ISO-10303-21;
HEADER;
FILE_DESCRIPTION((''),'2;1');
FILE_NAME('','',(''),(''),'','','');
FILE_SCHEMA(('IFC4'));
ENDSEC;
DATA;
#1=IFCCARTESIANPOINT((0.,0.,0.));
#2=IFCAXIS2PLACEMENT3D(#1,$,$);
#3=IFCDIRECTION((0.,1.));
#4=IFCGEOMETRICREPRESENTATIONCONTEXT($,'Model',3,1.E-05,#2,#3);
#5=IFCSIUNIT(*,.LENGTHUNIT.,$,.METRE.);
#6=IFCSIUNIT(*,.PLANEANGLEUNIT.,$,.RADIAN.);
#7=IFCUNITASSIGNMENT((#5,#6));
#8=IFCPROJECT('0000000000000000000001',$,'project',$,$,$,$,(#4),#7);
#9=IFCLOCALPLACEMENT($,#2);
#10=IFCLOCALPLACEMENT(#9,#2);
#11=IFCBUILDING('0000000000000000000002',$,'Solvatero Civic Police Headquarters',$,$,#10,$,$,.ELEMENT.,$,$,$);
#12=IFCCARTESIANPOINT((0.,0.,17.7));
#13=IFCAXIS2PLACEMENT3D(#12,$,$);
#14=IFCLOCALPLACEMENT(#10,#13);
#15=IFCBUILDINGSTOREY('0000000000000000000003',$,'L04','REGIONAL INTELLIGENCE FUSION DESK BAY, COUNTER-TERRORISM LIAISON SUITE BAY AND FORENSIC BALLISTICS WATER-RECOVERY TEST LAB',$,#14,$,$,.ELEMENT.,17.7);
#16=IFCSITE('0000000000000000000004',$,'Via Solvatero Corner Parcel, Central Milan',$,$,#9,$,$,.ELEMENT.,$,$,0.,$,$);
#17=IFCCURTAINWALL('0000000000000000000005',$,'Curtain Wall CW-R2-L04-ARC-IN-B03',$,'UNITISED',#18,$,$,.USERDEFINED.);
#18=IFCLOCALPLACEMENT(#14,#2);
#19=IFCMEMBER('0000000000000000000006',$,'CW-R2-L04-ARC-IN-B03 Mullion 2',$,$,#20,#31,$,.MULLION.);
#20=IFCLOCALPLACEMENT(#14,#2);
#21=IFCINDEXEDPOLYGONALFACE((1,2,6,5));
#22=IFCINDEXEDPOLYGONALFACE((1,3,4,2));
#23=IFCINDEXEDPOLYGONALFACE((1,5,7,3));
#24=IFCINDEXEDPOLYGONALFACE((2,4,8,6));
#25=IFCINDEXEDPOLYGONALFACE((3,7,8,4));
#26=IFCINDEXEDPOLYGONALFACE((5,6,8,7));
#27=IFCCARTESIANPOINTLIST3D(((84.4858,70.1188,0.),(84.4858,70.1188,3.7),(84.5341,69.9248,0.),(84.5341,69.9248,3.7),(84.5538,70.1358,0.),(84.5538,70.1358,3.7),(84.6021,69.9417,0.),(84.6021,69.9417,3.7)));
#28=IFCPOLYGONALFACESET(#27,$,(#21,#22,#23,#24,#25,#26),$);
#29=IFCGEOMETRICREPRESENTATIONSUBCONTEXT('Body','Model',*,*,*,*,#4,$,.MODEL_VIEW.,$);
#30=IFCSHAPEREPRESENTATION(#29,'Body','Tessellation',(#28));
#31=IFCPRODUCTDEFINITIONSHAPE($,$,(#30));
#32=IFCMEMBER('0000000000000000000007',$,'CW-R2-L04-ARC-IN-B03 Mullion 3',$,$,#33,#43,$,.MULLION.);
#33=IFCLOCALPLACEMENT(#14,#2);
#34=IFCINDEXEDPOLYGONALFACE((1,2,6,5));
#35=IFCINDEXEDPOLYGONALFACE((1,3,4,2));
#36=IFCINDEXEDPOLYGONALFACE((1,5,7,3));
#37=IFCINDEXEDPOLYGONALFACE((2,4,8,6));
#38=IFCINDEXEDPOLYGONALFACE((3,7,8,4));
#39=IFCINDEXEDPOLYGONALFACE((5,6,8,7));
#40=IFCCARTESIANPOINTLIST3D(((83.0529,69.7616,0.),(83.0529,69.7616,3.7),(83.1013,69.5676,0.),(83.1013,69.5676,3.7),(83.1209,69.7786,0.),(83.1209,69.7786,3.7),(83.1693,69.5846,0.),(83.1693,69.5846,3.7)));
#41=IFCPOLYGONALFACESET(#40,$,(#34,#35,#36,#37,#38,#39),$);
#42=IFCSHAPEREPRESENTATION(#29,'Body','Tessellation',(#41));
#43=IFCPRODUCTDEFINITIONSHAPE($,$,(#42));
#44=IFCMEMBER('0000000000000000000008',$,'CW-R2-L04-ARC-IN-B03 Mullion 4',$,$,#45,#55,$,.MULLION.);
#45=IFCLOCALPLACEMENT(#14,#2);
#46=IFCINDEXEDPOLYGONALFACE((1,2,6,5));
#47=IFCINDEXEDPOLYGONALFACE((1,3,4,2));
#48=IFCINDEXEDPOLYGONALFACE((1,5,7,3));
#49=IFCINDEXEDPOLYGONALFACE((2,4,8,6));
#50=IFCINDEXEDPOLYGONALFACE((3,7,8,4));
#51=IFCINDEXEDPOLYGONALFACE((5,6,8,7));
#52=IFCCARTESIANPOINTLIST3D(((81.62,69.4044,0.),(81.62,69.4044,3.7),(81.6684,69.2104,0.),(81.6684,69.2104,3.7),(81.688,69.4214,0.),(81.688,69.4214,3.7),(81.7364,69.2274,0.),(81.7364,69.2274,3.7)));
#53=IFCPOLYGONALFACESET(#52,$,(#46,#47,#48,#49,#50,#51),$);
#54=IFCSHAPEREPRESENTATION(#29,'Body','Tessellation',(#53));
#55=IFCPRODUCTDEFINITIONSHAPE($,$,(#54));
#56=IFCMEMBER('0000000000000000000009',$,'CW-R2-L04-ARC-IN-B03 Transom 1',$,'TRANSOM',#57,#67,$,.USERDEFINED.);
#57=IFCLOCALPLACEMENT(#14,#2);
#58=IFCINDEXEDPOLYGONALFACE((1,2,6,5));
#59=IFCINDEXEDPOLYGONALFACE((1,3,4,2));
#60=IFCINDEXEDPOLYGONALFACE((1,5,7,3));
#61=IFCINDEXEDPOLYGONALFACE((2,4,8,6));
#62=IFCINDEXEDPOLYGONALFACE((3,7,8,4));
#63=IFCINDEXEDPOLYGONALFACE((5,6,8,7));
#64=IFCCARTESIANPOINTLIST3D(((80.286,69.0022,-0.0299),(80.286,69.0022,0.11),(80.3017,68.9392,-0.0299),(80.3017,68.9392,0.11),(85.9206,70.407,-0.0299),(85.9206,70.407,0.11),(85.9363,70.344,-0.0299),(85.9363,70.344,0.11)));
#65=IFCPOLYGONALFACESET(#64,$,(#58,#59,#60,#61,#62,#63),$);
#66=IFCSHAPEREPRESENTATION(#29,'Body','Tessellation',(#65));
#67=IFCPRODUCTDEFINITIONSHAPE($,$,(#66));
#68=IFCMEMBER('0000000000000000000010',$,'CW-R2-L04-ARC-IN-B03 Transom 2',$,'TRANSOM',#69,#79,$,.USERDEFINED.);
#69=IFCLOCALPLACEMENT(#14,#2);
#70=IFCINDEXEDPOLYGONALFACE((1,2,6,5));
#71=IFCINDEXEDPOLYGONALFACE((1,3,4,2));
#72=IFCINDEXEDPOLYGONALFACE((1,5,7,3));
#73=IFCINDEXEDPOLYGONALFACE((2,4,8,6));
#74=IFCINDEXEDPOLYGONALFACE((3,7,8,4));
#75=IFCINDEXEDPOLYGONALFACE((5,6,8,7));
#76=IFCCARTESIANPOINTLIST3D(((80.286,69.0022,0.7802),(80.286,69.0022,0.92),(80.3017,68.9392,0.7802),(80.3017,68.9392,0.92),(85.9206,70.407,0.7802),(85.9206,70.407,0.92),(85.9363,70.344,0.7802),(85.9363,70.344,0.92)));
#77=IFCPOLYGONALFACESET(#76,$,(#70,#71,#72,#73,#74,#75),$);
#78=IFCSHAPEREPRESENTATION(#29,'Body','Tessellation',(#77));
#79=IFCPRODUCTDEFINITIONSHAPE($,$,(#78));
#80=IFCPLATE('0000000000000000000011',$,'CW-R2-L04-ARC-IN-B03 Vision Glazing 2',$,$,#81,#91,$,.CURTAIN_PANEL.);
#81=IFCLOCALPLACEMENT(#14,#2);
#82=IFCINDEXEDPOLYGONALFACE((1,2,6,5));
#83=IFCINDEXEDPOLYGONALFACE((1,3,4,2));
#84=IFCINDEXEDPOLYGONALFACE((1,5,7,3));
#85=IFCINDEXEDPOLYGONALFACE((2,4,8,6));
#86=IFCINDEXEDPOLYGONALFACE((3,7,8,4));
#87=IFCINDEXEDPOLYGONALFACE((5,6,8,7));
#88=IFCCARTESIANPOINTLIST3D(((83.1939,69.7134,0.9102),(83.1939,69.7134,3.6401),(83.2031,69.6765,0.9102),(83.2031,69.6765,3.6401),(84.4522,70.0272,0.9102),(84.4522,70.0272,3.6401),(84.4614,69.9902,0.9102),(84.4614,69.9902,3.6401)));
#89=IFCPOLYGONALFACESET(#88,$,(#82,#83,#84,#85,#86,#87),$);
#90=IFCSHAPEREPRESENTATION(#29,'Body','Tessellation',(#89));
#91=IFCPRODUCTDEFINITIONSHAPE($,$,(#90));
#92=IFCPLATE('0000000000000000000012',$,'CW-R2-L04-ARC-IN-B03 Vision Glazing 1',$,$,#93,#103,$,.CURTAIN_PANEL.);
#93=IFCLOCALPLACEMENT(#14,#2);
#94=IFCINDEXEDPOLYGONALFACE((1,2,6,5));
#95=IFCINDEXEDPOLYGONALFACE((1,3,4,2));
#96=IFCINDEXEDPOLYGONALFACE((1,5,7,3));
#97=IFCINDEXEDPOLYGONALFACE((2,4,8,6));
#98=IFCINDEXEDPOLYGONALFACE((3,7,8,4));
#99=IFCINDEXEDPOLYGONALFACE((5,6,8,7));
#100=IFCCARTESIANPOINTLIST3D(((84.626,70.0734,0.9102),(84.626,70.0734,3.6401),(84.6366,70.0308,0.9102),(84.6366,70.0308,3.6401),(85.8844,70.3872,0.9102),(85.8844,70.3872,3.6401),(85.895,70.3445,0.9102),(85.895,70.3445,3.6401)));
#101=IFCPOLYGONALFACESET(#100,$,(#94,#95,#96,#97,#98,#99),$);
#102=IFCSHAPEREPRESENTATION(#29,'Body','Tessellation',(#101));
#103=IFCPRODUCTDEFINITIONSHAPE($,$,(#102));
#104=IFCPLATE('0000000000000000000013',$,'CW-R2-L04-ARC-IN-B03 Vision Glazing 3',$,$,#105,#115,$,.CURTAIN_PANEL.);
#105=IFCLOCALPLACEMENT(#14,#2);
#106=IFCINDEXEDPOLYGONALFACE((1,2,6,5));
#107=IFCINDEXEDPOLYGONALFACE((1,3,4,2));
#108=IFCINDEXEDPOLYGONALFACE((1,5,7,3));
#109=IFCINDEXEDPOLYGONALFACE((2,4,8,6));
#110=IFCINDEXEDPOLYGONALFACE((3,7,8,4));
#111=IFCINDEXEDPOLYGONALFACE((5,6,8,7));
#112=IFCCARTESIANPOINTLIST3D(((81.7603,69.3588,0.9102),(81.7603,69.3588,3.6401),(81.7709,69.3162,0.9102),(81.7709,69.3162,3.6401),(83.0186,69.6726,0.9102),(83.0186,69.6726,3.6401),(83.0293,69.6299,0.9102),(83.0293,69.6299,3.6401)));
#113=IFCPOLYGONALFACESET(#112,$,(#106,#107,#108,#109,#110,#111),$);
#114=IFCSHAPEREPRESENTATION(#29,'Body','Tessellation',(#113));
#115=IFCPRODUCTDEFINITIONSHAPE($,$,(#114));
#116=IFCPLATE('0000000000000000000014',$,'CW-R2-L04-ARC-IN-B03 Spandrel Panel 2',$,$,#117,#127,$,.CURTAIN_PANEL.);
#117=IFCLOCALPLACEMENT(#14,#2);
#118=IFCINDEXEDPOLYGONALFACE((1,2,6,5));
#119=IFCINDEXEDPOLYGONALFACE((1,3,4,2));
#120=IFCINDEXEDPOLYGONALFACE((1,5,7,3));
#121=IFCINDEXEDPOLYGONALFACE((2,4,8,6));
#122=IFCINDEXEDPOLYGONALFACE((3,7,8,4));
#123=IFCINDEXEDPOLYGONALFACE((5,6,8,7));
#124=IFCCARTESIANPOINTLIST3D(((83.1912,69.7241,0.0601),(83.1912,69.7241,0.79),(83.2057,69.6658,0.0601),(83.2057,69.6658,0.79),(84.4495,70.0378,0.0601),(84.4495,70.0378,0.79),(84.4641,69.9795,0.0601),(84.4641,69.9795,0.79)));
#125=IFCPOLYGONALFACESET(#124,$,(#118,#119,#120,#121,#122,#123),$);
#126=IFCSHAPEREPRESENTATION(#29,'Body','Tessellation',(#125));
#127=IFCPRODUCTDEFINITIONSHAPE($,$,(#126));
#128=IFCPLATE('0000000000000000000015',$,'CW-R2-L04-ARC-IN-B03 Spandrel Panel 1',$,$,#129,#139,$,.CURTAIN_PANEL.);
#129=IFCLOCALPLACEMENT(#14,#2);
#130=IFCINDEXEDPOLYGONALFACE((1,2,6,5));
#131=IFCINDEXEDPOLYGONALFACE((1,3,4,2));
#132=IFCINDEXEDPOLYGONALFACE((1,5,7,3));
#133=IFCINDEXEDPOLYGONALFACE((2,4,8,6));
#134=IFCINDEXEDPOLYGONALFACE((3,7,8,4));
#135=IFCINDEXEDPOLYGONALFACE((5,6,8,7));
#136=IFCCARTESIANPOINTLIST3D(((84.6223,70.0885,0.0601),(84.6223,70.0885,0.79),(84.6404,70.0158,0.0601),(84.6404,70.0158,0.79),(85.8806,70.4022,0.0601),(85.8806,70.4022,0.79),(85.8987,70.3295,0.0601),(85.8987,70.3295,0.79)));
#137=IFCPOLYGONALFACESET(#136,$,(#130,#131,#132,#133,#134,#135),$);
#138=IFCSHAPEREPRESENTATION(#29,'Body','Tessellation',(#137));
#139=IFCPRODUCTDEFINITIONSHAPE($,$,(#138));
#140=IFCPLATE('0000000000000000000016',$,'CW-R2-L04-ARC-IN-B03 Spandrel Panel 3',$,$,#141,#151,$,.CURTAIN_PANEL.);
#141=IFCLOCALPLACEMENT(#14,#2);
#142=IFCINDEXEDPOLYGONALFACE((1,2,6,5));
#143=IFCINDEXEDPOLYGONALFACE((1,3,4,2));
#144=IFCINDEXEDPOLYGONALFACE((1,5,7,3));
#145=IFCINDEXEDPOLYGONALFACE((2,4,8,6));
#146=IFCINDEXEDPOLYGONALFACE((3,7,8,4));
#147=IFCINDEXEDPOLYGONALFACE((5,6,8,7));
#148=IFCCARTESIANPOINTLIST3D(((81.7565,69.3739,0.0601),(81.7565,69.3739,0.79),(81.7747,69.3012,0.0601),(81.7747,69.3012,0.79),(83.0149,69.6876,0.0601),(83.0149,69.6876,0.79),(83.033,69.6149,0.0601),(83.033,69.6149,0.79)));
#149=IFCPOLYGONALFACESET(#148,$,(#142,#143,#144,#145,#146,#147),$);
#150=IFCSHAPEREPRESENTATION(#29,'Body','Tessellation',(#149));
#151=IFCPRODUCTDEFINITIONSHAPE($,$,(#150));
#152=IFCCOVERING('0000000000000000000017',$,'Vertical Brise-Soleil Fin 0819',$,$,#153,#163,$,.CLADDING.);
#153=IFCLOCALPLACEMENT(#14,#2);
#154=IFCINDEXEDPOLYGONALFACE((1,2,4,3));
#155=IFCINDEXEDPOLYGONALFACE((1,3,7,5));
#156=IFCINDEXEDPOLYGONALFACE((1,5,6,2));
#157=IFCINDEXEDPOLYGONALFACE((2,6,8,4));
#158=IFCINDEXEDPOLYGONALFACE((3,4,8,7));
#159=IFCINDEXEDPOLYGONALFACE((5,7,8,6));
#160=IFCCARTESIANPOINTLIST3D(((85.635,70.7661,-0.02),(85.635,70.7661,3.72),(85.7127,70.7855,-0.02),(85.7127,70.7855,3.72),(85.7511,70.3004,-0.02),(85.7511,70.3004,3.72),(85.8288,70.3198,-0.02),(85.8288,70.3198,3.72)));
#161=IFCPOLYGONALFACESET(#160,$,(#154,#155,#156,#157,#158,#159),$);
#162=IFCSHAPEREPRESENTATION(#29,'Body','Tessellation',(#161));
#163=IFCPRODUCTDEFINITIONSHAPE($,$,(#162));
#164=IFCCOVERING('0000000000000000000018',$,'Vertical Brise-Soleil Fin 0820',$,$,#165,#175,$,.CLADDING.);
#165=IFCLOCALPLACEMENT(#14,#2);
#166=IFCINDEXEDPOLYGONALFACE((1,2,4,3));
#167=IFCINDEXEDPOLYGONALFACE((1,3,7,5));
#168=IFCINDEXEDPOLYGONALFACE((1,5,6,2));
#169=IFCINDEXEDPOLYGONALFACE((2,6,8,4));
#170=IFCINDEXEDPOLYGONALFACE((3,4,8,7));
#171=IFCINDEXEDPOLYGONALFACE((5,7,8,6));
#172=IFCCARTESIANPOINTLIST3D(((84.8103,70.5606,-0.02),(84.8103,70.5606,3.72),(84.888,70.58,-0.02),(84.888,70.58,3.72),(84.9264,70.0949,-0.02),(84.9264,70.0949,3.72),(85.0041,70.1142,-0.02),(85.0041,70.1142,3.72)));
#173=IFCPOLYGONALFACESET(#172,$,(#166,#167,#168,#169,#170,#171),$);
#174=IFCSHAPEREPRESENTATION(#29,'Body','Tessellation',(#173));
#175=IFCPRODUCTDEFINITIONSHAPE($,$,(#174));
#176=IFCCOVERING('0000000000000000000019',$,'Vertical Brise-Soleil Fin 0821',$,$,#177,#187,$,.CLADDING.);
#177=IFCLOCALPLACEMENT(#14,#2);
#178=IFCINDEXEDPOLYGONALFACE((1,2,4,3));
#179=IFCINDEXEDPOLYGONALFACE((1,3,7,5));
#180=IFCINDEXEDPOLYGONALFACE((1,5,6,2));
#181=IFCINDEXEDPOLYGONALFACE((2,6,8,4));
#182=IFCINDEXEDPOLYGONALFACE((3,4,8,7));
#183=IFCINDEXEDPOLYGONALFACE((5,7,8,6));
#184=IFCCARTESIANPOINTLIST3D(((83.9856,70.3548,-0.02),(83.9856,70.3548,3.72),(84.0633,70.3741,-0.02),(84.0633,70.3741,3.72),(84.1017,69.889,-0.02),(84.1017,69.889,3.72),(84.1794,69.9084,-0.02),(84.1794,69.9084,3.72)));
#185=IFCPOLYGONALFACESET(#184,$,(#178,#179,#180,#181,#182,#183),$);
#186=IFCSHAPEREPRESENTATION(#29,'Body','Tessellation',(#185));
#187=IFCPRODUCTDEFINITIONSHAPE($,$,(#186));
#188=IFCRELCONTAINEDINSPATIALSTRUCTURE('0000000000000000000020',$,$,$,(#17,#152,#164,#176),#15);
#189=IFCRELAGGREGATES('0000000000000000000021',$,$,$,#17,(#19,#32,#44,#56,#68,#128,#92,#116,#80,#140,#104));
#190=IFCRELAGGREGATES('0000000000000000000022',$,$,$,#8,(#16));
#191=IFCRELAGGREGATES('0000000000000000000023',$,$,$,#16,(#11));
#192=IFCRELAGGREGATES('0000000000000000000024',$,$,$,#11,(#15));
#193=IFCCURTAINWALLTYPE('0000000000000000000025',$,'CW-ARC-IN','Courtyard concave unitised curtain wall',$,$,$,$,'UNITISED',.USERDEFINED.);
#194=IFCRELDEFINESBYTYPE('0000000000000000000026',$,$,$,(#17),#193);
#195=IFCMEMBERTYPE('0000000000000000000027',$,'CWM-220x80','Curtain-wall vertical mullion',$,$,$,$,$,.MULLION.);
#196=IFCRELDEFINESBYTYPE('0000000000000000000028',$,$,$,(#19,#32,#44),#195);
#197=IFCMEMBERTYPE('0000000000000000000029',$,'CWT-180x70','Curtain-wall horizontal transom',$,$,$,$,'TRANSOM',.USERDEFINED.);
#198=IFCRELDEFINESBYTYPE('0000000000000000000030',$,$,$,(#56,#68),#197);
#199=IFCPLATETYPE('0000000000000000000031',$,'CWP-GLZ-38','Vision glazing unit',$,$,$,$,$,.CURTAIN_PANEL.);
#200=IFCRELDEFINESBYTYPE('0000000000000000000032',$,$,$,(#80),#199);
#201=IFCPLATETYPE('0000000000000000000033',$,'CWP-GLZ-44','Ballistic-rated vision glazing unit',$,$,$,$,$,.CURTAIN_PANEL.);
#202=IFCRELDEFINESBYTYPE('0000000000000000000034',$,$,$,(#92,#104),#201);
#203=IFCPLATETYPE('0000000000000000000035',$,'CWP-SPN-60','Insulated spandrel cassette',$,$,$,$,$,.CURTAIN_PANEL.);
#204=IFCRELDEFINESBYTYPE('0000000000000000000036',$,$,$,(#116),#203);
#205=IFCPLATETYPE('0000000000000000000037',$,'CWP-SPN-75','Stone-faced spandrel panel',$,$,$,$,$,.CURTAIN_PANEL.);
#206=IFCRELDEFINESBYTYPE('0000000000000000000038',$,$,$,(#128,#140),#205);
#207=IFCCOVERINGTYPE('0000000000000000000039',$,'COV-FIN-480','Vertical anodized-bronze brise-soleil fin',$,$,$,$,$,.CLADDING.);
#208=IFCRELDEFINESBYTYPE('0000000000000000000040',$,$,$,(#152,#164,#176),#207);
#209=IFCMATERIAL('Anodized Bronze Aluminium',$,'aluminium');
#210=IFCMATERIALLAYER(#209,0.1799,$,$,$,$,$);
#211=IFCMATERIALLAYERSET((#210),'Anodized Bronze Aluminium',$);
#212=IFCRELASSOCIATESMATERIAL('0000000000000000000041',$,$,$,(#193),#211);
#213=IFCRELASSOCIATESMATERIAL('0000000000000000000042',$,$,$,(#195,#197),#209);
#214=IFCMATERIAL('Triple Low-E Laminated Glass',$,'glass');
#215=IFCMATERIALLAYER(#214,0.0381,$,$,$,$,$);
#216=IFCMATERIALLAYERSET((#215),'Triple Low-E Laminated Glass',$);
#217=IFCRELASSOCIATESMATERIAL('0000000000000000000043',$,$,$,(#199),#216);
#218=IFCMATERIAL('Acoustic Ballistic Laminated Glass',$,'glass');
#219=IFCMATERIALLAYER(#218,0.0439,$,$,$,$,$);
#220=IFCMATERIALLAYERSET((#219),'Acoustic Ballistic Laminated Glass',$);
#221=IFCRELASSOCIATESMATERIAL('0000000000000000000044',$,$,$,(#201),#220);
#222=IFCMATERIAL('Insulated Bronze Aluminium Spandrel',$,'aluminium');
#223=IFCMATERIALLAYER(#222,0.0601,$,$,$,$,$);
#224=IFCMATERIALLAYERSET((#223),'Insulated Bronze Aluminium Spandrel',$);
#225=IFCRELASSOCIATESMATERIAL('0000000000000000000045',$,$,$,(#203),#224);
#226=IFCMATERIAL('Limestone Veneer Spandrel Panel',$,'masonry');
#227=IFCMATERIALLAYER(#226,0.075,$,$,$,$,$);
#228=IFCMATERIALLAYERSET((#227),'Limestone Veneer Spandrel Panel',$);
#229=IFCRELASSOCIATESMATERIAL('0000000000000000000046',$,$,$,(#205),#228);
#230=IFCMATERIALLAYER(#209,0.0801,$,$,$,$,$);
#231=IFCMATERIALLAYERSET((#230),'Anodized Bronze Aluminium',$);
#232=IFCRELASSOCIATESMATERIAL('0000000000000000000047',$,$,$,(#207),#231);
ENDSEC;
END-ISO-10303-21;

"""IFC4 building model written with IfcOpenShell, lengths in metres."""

from ifc_helpers import new_model, si_unit, direction, frame, origin, origin_2d, place, context, subcontext, project, spatial, rectangle, extrude, material, layer, layer_set, material_profile, profile_set, type_object, element, aggregate, save


model = new_model("IFC4")

# Units and contexts
model_context = context("Model", 3, precision=1e-05, world=origin(), true_north=direction((0.0, 1.0)))
body_context = subcontext(model_context, "Body", "Model", "MODEL_VIEW")
ifc_project = project(units=[si_unit("LENGTHUNIT", "METRE"), si_unit("PLANEANGLEUNIT", "RADIAN")], contexts=[model_context])

# Site, building, storey
site_placement = place(None, origin())
site = spatial("IfcSite", under=ifc_project, at=site_placement, Name="Via Solvatero Corner Parcel, Central Milan", CompositionType="ELEMENT", RefElevation=0.0)
building_placement = place(site_placement, origin())
building = spatial("IfcBuilding", under=site, at=building_placement, Name="Solvatero Civic Police Headquarters", CompositionType="ELEMENT")
storey_placement = place(building_placement, frame((0.0, 0.0, 17.7)))
storey = spatial("IfcBuildingStorey", under=building, at=storey_placement, Name="L04", Description="REGIONAL INTELLIGENCE FUSION DESK BAY, COUNTER-TERRORISM LIAISON SUITE BAY AND FORENSIC BALLISTICS WATER-RECOVERY TEST LAB", CompositionType="ELEMENT", Elevation=17.7)

# Curtain wall, members, plates
ifc_material_1 = material(Name="Anodized Bronze Aluminium", Category="aluminium")
ifc_layer_1 = layer(ifc_material_1, 0.1799)
ifc_layer_set_1 = layer_set([ifc_layer_1], Name="Anodized Bronze Aluminium")
curtain_wall_type = type_object("IfcCurtainWallType", Name="CW-ARC-IN", Description="Courtyard concave unitised curtain wall", ElementType="UNITISED", PredefinedType="USERDEFINED", material=ifc_layer_set_1)
curtain_wall_placement = place(storey_placement, origin())
curtain_wall = element("IfcCurtainWall", 1, at=curtain_wall_placement, inside=storey, type_object=curtain_wall_type, Name="Curtain Wall CW-R2-L04-ARC-IN-B03", ObjectType="UNITISED", PredefinedType="USERDEFINED")
ifc_material_profile_1 = material_profile(ifc_material_1, rectangle(XDim=0.0701, YDim=0.2, at=origin_2d()), Name="ALU MULLION 70x200")
ifc_profile_set_1 = profile_set([ifc_material_profile_1], Name="Anodized Bronze Aluminium")
member_type_1 = type_object("IfcMemberType", Name="CWM-220x80", Description="Curtain-wall vertical mullion", PredefinedType="MULLION", material=ifc_profile_set_1)
member_1_placement = place(storey_placement, frame((84.5439, 70.0303, 0.0), z_axis=(0.0, 0.0, 1.0), x_axis=(-0.970296, -0.241922, 0.0)))
member_1 = element("IfcMember", 2, at=member_1_placement, type_object=member_type_1, Name="CW-R2-L04-ARC-IN-B03 Mullion 2", PredefinedType="MULLION", context=body_context, shape_type="SweptSolid", body=[
    extrude(rectangle(XDim=0.0701, YDim=0.2, at=origin_2d()), origin(), (0.0, 0.0, 1.0), 3.7),
])
member_2_placement = place(storey_placement, frame((83.1111, 69.6731, 0.0), z_axis=(0.0, 0.0, 1.0), x_axis=(-0.970296, -0.241922, 0.0)))
member_2 = element("IfcMember", 3, at=member_2_placement, type_object=member_type_1, Name="CW-R2-L04-ARC-IN-B03 Mullion 3", PredefinedType="MULLION", context=body_context, shape_type="SweptSolid", body=[
    extrude(rectangle(XDim=0.0701, YDim=0.2, at=origin_2d()), origin(), (0.0, 0.0, 1.0), 3.7),
])
member_3_placement = place(storey_placement, frame((81.6782, 69.3159, 0.0), z_axis=(0.0, 0.0, 1.0), x_axis=(-0.970296, -0.241922, 0.0)))
member_3 = element("IfcMember", 4, at=member_3_placement, type_object=member_type_1, Name="CW-R2-L04-ARC-IN-B03 Mullion 4", PredefinedType="MULLION", context=body_context, shape_type="SweptSolid", body=[
    extrude(rectangle(XDim=0.0701, YDim=0.2, at=origin_2d()), origin(), (0.0, 0.0, 1.0), 3.7),
])
ifc_material_profile_2 = material_profile(ifc_material_1, rectangle(XDim=0.0649, YDim=0.1399, at=origin_2d()), Name="ALU TRANSOM 65x140")
ifc_profile_set_2 = profile_set([ifc_material_profile_2], Name="Anodized Bronze Aluminium")
member_type_2 = type_object("IfcMemberType", Name="CWT-180x70", Description="Curtain-wall horizontal transom", ElementType="TRANSOM", PredefinedType="USERDEFINED", material=ifc_profile_set_2)
member_4_placement = place(storey_placement, frame((85.9285, 70.3755, 0.04), z_axis=(-0.970301, -0.241902, 0.0), x_axis=(0.241902, -0.970301, 0.0)))
member_4 = element("IfcMember", 5, at=member_4_placement, type_object=member_type_2, Name="CW-R2-L04-ARC-IN-B03 Transom 1", ObjectType="TRANSOM", PredefinedType="USERDEFINED", context=body_context, shape_type="SweptSolid", body=[
    extrude(rectangle(XDim=0.0649, YDim=0.1399, at=origin_2d()), origin(), (0.0, 0.0, 1.0), 5.8071),
])
member_5_placement = place(storey_placement, frame((85.9285, 70.3755, 0.8501), z_axis=(-0.970301, -0.241902, 0.0), x_axis=(0.241902, -0.970301, 0.0)))
member_5 = element("IfcMember", 6, at=member_5_placement, type_object=member_type_2, Name="CW-R2-L04-ARC-IN-B03 Transom 2", ObjectType="TRANSOM", PredefinedType="USERDEFINED", context=body_context, shape_type="SweptSolid", body=[
    extrude(rectangle(XDim=0.0649, YDim=0.1399, at=origin_2d()), origin(), (0.0, 0.0, 1.0), 5.8071),
])
ifc_material_2 = material(Name="Triple Low-E Laminated Glass", Category="glass")
ifc_layer_2 = layer(ifc_material_2, 0.0381)
ifc_layer_set_2 = layer_set([ifc_layer_2], Name="Triple Low-E Laminated Glass")
plate_type_1 = type_object("IfcPlateType", Name="CWP-GLZ-38", Description="Vision glazing unit", PredefinedType="CURTAIN_PANEL", material=ifc_layer_set_2)
plate_1_placement = place(storey_placement, frame((83.8276, 69.8518, 0.9102), z_axis=(0.0, 0.0, 1.0), x_axis=(-0.970296, -0.241922, 0.0)))
plate_1 = element("IfcPlate", 7, at=plate_1_placement, type_object=plate_type_1, Name="CW-R2-L04-ARC-IN-B03 Vision Glazing 2", PredefinedType="CURTAIN_PANEL", context=body_context, shape_type="SweptSolid", body=[
    extrude(rectangle(XDim=1.2969, YDim=0.0381, at=origin_2d()), origin(), (0.0, 0.0, 1.0), 2.73),
])
ifc_material_3 = material(Name="Acoustic Ballistic Laminated Glass", Category="glass")
ifc_layer_3 = layer(ifc_material_3, 0.0439)
ifc_layer_set_3 = layer_set([ifc_layer_3], Name="Acoustic Ballistic Laminated Glass")
plate_type_2 = type_object("IfcPlateType", Name="CWP-GLZ-44", Description="Ballistic-rated vision glazing unit", PredefinedType="CURTAIN_PANEL", material=ifc_layer_set_3)
plate_2_placement = place(storey_placement, frame((85.2605, 70.209, 0.9102), z_axis=(0.0, 0.0, 1.0), x_axis=(-0.970296, -0.241922, 0.0)))
plate_2 = element("IfcPlate", 8, at=plate_2_placement, type_object=plate_type_2, Name="CW-R2-L04-ARC-IN-B03 Vision Glazing 1", PredefinedType="CURTAIN_PANEL", context=body_context, shape_type="SweptSolid", body=[
    extrude(rectangle(XDim=1.2969, YDim=0.0439, at=origin_2d()), origin(), (0.0, 0.0, 1.0), 2.73),
])
plate_3_placement = place(storey_placement, frame((82.3948, 69.4944, 0.9102), z_axis=(0.0, 0.0, 1.0), x_axis=(-0.970296, -0.241922, 0.0)))
plate_3 = element("IfcPlate", 9, at=plate_3_placement, type_object=plate_type_2, Name="CW-R2-L04-ARC-IN-B03 Vision Glazing 3", PredefinedType="CURTAIN_PANEL", context=body_context, shape_type="SweptSolid", body=[
    extrude(rectangle(XDim=1.2969, YDim=0.0439, at=origin_2d()), origin(), (0.0, 0.0, 1.0), 2.73),
])
ifc_material_4 = material(Name="Insulated Bronze Aluminium Spandrel", Category="aluminium")
ifc_layer_4 = layer(ifc_material_4, 0.0601)
ifc_layer_set_4 = layer_set([ifc_layer_4], Name="Insulated Bronze Aluminium Spandrel")
plate_type_3 = type_object("IfcPlateType", Name="CWP-SPN-60", Description="Insulated spandrel cassette", PredefinedType="CURTAIN_PANEL", material=ifc_layer_set_4)
plate_4_placement = place(storey_placement, frame((83.8276, 69.8518, 0.0601), z_axis=(0.0, 0.0, 1.0), x_axis=(-0.970296, -0.241922, 0.0)))
plate_4 = element("IfcPlate", 10, at=plate_4_placement, type_object=plate_type_3, Name="CW-R2-L04-ARC-IN-B03 Spandrel Panel 2", PredefinedType="CURTAIN_PANEL", context=body_context, shape_type="SweptSolid", body=[
    extrude(rectangle(XDim=1.2969, YDim=0.0601, at=origin_2d()), origin(), (0.0, 0.0, 1.0), 0.73),
])
ifc_material_5 = material(Name="Limestone Veneer Spandrel Panel", Category="masonry")
ifc_layer_5 = layer(ifc_material_5, 0.075)
ifc_layer_set_5 = layer_set([ifc_layer_5], Name="Limestone Veneer Spandrel Panel")
plate_type_4 = type_object("IfcPlateType", Name="CWP-SPN-75", Description="Stone-faced spandrel panel", PredefinedType="CURTAIN_PANEL", material=ifc_layer_set_5)
plate_5_placement = place(storey_placement, frame((85.2605, 70.209, 0.0601), z_axis=(0.0, 0.0, 1.0), x_axis=(-0.970296, -0.241922, 0.0)))
plate_5 = element("IfcPlate", 11, at=plate_5_placement, type_object=plate_type_4, Name="CW-R2-L04-ARC-IN-B03 Spandrel Panel 1", PredefinedType="CURTAIN_PANEL", context=body_context, shape_type="SweptSolid", body=[
    extrude(rectangle(XDim=1.2969, YDim=0.075, at=origin_2d()), origin(), (0.0, 0.0, 1.0), 0.73),
])
plate_6_placement = place(storey_placement, frame((82.3948, 69.4944, 0.0601), z_axis=(0.0, 0.0, 1.0), x_axis=(-0.970296, -0.241922, 0.0)))
plate_6 = element("IfcPlate", 12, at=plate_6_placement, type_object=plate_type_4, Name="CW-R2-L04-ARC-IN-B03 Spandrel Panel 3", PredefinedType="CURTAIN_PANEL", context=body_context, shape_type="SweptSolid", body=[
    extrude(rectangle(XDim=1.2969, YDim=0.075, at=origin_2d()), origin(), (0.0, 0.0, 1.0), 0.73),
])
aggregate(curtain_wall, [member_1, member_2, member_3, member_4, member_5, plate_5, plate_2, plate_4, plate_1, plate_6, plate_3])

# Coverings
ifc_layer_6 = layer(ifc_material_1, 0.0801)
ifc_layer_set_6 = layer_set([ifc_layer_6], Name="Anodized Bronze Aluminium")
covering_type = type_object("IfcCoveringType", Name="COV-FIN-480", Description="Vertical anodized-bronze brise-soleil fin", PredefinedType="CLADDING", material=ifc_layer_set_6)
for number, where, z_axis, x_axis, name in (
    (13, (85.7319, 70.543, -0.02), (0.0, 0.0, 1.0), (-0.970296, -0.241922, 0.0), "Vertical Brise-Soleil Fin 0819"),
    (14, (84.9072, 70.3374, -0.02), (0.0, 0.0, 1.0), (-0.970296, -0.241922, 0.0), "Vertical Brise-Soleil Fin 0820"),
    (15, (84.0825, 70.1316, -0.02), (0.0, 0.0, 1.0), (-0.970296, -0.241922, 0.0), "Vertical Brise-Soleil Fin 0821"),
):
    element("IfcCovering", number, at=place(storey_placement, frame(where, z_axis=z_axis, x_axis=x_axis)), inside=storey, type_object=covering_type, Name=name, PredefinedType="CLADDING", context=body_context, shape_type="SweptSolid", body=[
        extrude(rectangle(XDim=0.0801, YDim=0.48, at=origin_2d()), origin(), (0.0, 0.0, 1.0), 3.74),
    ])

save(model, "model.ifc")
